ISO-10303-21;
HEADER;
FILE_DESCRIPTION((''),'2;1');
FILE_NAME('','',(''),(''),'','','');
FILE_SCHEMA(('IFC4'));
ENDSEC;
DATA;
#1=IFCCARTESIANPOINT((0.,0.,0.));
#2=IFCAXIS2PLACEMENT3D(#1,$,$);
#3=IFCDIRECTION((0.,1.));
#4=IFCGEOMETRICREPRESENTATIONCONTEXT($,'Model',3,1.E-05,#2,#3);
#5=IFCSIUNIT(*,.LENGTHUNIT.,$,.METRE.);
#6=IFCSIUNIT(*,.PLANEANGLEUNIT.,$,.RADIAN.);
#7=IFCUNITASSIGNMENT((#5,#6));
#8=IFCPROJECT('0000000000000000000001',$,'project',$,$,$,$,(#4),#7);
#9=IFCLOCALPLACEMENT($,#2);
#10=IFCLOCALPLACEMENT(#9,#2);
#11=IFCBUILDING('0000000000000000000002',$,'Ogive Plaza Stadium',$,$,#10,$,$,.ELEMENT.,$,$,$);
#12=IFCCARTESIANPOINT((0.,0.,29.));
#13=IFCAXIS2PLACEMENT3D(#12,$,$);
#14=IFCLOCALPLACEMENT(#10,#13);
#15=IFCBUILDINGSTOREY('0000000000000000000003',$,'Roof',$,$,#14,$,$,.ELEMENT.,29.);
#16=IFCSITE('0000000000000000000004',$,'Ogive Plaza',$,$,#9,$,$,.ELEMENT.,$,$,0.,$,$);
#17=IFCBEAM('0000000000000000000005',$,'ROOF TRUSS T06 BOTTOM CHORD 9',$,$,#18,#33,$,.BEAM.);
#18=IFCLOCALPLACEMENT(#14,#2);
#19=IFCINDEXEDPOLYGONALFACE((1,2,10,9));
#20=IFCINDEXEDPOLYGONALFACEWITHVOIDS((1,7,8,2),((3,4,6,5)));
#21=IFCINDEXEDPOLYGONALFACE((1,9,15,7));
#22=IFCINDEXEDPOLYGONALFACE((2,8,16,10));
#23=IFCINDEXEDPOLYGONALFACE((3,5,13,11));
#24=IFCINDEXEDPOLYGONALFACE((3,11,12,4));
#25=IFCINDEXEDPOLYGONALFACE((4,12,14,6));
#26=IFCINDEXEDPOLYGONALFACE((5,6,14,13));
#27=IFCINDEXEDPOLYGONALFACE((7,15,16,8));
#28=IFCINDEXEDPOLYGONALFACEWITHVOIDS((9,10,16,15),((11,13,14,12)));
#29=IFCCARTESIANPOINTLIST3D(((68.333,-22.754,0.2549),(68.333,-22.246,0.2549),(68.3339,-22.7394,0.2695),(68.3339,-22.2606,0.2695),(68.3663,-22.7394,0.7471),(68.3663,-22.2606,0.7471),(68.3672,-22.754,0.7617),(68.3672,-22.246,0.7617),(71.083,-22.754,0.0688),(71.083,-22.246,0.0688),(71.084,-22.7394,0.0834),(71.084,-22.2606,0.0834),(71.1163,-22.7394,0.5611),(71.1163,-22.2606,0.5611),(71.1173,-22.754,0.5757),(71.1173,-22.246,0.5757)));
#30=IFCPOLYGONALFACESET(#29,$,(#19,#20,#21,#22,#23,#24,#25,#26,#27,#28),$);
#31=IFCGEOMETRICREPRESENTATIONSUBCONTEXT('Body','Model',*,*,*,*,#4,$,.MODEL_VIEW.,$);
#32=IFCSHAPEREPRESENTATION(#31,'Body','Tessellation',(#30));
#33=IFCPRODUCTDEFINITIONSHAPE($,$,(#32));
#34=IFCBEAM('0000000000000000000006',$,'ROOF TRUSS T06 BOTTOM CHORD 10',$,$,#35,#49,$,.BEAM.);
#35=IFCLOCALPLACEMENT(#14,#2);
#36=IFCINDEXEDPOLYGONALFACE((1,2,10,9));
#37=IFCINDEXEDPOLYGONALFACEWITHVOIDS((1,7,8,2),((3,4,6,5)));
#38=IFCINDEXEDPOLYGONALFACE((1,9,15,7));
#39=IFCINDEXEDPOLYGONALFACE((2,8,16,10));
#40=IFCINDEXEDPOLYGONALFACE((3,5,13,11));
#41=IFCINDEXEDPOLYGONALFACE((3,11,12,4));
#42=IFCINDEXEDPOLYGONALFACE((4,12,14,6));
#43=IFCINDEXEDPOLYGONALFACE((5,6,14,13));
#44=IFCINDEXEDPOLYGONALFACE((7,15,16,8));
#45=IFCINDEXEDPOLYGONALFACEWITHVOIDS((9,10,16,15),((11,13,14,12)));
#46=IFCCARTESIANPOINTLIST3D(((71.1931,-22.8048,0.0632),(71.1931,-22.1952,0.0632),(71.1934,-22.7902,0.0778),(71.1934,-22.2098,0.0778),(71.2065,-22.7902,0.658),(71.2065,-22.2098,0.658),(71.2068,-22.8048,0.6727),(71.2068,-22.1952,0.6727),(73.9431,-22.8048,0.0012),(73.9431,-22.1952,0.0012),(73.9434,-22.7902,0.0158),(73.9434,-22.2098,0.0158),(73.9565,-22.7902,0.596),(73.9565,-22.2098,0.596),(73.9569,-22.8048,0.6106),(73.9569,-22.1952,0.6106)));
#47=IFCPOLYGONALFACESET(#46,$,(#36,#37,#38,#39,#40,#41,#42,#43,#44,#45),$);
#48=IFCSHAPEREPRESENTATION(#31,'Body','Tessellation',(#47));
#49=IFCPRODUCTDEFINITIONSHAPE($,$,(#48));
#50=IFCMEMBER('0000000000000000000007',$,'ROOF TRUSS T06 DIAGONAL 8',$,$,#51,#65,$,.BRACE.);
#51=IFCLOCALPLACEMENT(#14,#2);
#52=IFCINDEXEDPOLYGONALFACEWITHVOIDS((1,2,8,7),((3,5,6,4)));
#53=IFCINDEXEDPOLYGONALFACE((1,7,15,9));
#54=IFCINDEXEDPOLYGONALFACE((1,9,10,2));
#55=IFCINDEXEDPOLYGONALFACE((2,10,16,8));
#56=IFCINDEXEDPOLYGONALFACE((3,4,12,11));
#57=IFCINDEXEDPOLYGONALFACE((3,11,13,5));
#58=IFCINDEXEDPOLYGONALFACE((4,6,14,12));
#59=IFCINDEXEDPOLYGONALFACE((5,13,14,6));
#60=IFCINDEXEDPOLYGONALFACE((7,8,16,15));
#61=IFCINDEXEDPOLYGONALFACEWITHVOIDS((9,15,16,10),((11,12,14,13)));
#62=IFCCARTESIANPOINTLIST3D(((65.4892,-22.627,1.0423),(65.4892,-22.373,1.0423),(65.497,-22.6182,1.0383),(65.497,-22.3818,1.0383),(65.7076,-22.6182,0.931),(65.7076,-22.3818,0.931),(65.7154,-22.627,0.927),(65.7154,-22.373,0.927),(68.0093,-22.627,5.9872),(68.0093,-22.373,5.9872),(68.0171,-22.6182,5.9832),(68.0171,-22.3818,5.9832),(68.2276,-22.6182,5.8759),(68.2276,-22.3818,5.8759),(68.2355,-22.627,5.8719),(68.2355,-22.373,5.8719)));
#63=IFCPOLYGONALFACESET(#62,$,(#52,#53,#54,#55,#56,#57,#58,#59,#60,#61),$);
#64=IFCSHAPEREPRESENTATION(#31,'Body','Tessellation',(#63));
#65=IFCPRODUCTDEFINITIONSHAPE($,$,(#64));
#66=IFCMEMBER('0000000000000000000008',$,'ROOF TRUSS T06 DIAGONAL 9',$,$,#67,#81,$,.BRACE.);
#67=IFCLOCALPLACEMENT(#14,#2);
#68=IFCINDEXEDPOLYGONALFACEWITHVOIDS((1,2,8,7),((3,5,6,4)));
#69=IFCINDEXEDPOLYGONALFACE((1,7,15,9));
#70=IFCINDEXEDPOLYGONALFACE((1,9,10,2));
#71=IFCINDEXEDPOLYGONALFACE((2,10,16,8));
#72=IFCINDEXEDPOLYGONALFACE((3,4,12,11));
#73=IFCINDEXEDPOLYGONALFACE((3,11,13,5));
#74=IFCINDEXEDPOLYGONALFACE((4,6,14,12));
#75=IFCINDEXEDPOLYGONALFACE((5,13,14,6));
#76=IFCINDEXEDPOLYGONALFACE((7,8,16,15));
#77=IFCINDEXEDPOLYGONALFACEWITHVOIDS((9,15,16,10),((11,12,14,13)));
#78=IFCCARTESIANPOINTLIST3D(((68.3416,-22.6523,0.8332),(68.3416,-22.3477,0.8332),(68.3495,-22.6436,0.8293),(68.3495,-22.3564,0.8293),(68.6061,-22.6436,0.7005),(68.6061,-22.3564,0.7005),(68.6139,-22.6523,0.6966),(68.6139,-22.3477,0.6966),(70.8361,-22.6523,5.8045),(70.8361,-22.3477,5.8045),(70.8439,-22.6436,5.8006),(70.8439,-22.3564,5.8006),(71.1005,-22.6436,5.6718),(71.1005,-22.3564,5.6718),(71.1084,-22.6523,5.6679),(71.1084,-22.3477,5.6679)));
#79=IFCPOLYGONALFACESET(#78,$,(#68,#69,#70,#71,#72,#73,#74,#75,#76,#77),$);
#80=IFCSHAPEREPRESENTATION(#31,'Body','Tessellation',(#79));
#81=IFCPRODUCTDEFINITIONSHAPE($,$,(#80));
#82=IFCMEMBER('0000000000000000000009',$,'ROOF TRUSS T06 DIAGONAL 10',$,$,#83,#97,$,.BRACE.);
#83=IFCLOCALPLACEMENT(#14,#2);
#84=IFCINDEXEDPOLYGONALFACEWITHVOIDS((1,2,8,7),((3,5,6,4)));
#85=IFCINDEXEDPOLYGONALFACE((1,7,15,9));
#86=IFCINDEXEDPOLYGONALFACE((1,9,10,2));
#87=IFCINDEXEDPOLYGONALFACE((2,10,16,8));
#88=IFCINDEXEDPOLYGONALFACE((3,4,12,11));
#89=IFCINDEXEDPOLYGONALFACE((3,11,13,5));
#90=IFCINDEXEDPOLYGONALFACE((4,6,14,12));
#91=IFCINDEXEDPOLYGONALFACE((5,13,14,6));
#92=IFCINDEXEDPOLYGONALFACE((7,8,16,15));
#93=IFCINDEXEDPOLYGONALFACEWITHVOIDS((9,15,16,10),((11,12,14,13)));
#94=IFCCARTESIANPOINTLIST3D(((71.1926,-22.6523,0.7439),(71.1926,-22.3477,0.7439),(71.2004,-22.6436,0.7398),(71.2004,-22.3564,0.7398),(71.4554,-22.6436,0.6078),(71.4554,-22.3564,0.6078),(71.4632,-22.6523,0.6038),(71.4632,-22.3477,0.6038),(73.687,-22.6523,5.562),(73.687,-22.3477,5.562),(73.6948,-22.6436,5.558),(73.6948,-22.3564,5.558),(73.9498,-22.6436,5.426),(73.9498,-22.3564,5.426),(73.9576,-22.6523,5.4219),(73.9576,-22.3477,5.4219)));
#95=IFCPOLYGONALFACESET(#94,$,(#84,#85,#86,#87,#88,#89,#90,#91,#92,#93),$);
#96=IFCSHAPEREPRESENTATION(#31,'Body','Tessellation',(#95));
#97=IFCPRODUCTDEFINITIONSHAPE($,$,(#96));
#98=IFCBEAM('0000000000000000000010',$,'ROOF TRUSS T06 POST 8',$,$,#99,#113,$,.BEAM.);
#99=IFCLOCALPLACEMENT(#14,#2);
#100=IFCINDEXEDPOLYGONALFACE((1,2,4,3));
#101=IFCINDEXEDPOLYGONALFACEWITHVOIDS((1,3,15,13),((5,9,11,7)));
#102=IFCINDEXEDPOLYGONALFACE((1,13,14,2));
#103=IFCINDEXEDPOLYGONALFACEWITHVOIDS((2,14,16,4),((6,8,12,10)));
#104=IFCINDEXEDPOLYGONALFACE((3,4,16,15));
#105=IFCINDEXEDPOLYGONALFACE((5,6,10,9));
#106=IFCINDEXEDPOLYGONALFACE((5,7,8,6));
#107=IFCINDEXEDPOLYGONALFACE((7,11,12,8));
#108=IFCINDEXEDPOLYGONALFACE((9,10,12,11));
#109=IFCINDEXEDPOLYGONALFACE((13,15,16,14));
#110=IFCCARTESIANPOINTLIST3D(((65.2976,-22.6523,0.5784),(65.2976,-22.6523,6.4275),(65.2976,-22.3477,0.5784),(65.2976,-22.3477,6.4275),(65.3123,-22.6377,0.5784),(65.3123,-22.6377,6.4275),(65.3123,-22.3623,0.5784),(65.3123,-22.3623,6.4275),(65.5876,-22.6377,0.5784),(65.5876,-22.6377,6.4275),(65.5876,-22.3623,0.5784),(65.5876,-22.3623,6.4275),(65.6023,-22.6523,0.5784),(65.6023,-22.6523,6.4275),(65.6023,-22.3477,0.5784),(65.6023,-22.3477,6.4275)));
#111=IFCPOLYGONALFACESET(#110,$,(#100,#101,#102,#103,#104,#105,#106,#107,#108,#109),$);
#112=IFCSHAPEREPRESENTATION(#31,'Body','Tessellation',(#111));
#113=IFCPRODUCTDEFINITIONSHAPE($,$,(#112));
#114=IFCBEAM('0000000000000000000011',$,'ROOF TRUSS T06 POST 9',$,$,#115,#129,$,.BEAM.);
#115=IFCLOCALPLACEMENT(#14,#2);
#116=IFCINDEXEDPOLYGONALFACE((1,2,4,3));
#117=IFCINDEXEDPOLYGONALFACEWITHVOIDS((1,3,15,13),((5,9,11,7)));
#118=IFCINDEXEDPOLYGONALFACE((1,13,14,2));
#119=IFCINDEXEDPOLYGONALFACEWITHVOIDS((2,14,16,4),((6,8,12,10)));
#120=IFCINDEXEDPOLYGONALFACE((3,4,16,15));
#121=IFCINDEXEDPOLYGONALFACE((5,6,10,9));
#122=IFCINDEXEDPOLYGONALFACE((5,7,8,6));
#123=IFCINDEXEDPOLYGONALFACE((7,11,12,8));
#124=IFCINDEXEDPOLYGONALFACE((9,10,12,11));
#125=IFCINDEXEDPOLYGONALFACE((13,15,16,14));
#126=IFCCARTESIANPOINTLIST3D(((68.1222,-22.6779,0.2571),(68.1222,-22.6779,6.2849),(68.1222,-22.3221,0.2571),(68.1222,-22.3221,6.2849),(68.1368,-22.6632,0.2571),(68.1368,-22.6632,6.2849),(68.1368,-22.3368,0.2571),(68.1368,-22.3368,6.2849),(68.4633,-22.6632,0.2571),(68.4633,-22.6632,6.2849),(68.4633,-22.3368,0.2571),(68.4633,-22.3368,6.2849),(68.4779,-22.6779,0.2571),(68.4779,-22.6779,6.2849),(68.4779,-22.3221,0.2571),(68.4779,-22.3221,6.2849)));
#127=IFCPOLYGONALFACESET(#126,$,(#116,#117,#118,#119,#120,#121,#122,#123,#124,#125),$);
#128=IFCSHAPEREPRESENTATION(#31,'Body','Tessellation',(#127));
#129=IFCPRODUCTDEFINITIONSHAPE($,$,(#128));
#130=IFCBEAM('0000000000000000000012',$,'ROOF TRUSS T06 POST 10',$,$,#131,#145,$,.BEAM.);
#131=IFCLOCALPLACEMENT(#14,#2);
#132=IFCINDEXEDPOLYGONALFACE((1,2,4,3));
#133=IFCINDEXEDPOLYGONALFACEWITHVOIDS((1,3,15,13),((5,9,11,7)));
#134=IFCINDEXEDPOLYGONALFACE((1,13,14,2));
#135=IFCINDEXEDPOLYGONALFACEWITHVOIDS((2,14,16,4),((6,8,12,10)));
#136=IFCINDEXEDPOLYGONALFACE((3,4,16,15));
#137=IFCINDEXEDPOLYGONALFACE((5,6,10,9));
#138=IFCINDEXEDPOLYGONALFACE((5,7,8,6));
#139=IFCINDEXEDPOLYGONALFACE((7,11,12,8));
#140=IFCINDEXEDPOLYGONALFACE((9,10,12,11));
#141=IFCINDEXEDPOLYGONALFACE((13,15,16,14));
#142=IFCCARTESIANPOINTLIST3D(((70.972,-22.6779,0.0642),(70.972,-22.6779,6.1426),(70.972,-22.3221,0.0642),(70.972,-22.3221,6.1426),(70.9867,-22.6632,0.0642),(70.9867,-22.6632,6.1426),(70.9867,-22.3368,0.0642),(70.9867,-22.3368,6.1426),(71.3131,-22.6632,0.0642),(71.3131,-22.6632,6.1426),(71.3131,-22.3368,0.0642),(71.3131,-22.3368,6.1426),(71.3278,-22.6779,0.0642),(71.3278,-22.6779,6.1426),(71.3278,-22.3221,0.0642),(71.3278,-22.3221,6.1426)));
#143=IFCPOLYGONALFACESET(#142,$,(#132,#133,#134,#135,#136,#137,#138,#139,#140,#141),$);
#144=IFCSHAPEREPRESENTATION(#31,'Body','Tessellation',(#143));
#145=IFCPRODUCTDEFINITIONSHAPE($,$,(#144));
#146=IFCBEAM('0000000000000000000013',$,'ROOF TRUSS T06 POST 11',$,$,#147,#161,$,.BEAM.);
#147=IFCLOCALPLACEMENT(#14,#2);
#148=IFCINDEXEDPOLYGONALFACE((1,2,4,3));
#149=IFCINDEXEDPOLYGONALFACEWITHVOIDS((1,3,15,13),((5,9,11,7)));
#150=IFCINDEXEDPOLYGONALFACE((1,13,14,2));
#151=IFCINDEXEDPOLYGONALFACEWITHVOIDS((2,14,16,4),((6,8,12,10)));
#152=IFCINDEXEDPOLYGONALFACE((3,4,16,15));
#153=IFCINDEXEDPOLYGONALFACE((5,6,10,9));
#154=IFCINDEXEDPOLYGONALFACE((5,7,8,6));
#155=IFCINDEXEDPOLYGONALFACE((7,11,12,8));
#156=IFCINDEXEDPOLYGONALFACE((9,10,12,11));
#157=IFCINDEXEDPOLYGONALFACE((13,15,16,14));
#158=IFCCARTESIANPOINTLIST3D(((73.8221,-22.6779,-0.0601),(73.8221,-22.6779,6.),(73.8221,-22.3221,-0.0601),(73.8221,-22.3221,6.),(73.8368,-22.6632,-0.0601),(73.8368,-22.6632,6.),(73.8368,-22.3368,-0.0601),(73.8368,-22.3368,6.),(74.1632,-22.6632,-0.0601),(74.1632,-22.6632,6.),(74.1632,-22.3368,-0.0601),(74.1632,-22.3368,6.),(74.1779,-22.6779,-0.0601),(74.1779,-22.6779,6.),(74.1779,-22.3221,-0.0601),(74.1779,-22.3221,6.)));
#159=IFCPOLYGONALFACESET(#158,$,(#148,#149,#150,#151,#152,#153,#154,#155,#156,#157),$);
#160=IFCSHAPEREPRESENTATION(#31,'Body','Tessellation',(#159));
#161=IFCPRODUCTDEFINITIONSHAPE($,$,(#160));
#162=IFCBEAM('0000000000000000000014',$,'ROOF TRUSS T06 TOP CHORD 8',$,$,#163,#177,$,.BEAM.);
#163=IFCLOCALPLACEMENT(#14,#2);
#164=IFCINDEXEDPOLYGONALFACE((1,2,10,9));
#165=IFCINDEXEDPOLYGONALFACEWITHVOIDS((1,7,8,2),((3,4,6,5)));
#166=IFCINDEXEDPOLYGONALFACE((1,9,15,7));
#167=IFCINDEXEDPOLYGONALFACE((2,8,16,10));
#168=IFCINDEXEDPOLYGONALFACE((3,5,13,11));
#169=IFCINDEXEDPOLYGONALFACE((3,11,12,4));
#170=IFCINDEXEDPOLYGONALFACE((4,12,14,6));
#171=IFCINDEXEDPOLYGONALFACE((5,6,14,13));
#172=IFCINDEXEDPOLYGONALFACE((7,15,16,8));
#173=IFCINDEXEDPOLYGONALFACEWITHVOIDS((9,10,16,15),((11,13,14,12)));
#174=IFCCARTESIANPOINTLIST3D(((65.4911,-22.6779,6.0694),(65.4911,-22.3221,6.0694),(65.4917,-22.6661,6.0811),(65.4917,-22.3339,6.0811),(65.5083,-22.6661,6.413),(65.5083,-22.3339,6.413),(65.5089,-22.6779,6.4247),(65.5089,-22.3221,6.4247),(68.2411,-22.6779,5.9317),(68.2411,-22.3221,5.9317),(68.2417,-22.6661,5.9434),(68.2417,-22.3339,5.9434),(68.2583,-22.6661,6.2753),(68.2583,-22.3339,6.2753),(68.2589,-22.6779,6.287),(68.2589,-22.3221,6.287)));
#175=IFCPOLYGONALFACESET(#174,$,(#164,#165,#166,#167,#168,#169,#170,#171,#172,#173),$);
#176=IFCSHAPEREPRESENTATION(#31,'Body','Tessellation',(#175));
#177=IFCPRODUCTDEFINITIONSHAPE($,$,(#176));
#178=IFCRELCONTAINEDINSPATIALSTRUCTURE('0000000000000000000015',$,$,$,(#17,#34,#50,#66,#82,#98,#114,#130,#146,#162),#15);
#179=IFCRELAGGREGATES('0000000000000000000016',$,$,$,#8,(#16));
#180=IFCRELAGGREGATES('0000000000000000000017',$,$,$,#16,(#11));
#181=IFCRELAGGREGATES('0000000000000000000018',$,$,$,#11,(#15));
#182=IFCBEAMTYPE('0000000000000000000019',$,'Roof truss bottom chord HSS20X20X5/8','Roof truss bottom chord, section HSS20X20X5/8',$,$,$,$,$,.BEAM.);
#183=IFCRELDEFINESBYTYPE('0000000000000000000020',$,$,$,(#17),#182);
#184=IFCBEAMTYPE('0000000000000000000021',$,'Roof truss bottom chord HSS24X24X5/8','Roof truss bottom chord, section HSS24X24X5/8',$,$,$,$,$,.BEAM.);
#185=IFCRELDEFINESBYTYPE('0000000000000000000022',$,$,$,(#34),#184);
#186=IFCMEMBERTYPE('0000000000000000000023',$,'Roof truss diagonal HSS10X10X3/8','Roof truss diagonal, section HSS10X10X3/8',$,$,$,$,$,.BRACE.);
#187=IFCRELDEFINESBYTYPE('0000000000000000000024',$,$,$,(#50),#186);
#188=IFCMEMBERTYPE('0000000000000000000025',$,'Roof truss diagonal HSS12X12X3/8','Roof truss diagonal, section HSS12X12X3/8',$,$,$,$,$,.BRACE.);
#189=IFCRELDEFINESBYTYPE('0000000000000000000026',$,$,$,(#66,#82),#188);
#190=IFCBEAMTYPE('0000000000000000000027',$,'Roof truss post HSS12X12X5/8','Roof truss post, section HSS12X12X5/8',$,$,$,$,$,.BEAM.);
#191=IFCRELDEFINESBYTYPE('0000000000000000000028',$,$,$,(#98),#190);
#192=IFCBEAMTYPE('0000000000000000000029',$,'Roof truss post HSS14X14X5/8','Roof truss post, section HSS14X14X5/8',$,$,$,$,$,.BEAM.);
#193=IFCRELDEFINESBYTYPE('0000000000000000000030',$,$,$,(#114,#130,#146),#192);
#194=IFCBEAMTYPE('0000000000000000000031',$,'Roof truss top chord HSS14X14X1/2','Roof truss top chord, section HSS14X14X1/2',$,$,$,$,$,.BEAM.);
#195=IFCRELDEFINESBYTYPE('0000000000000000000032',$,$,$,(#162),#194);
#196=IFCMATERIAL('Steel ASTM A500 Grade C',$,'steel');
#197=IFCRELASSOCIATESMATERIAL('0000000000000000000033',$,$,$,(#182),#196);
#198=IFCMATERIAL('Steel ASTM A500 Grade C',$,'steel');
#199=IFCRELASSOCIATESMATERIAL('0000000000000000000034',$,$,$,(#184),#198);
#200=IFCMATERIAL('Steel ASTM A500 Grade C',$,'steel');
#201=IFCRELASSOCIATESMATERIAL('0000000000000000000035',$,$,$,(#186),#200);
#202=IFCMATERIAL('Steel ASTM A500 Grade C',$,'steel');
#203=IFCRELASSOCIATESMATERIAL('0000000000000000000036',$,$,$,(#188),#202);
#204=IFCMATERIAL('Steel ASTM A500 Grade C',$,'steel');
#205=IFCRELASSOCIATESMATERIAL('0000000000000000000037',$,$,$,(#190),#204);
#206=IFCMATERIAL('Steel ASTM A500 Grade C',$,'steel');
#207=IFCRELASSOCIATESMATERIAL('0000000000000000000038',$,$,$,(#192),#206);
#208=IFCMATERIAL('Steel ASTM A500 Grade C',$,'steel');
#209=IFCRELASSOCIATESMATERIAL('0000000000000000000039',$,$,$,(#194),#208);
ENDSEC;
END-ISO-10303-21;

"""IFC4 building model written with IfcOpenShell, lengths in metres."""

from ifc_helpers import new_model, si_unit, direction, frame, origin, origin_2d, place, context, subcontext, project, spatial, hollow_rectangle, extrude, material, material_profile, profile_set, type_object, element, save


model = new_model("IFC4")

# Units and contexts
model_context = context("Model", 3, precision=1e-05, world=origin(), true_north=direction((0.0, 1.0)))
body_context = subcontext(model_context, "Body", "Model", "MODEL_VIEW")
ifc_project = project(units=[si_unit("LENGTHUNIT", "METRE"), si_unit("PLANEANGLEUNIT", "RADIAN")], contexts=[model_context])

# Site, building, storey
site_placement = place(None, origin())
site = spatial("IfcSite", under=ifc_project, at=site_placement, Name="Ogive Plaza", CompositionType="ELEMENT", RefElevation=0.0)
building_placement = place(site_placement, origin())
building = spatial("IfcBuilding", under=site, at=building_placement, Name="Ogive Plaza Stadium", CompositionType="ELEMENT")
storey_placement = place(building_placement, frame((0.0, 0.0, 29.0)))
storey = spatial("IfcBuildingStorey", under=building, at=storey_placement, Name="Roof", CompositionType="ELEMENT", Elevation=29.0)

# Beams
ifc_material_1 = material(Name="Steel ASTM A500 Grade C", Category="steel")
ifc_material_profile_1 = material_profile(ifc_material_1, hollow_rectangle(XDim=0.5081, YDim=0.5081, WallThickness=0.0146, at=origin_2d()), Name="HSS20X20X5/8")
ifc_profile_set_1 = profile_set([ifc_material_profile_1], Name="Steel ASTM A500 Grade C")
beam_type_1 = type_object("IfcBeamType", Name="Roof truss bottom chord HSS20X20X5/8", Description="Roof truss bottom chord, section HSS20X20X5/8", PredefinedType="BEAM", material=ifc_profile_set_1)
beam_1_placement = place(storey_placement, frame((68.3501, -22.5, 0.5083), z_axis=(0.99772, 0.0, -0.067495), x_axis=(0.0, 1.0, 0.0)))
element("IfcBeam", 1, at=beam_1_placement, inside=storey, type_object=beam_type_1, Name="ROOF TRUSS T06 BOTTOM CHORD 9", PredefinedType="BEAM", context=body_context, shape_type="SweptSolid", body=[
    extrude(hollow_rectangle(XDim=0.5081, YDim=0.5081, WallThickness=0.0146, at=origin_2d()), origin(), (0.0, 0.0, 1.0), 2.7563),
])
ifc_material_2 = material(Name="Steel ASTM A500 Grade C", Category="steel")
ifc_material_profile_2 = material_profile(ifc_material_2, hollow_rectangle(XDim=0.6096, YDim=0.6096, WallThickness=0.0146, at=origin_2d()), Name="HSS24X24X5/8")
ifc_profile_set_2 = profile_set([ifc_material_profile_2], Name="Steel ASTM A500 Grade C")
beam_type_2 = type_object("IfcBeamType", Name="Roof truss bottom chord HSS24X24X5/8", Description="Roof truss bottom chord, section HSS24X24X5/8", PredefinedType="BEAM", material=ifc_profile_set_2)
beam_2_placement = place(storey_placement, frame((71.2, -22.5, 0.3679), z_axis=(0.999746, 0.0, -0.022544), x_axis=(0.0, 1.0, 0.0)))
element("IfcBeam", 2, at=beam_2_placement, inside=storey, type_object=beam_type_2, Name="ROOF TRUSS T06 BOTTOM CHORD 10", PredefinedType="BEAM", context=body_context, shape_type="SweptSolid", body=[
    extrude(hollow_rectangle(XDim=0.6096, YDim=0.6096, WallThickness=0.0146, at=origin_2d()), origin(), (0.0, 0.0, 1.0), 2.7507),
])

# Members
ifc_material_3 = material(Name="Steel ASTM A500 Grade C", Category="steel")
ifc_material_profile_3 = material_profile(ifc_material_3, hollow_rectangle(XDim=0.2539, YDim=0.2539, WallThickness=0.0088, at=origin_2d()), Name="HSS10X10X3/8")
ifc_profile_set_3 = profile_set([ifc_material_profile_3], Name="Steel ASTM A500 Grade C")
member_type_1 = type_object("IfcMemberType", Name="Roof truss diagonal HSS10X10X3/8", Description="Roof truss diagonal, section HSS10X10X3/8", PredefinedType="BRACE", material=ifc_profile_set_3)
member_1_placement = place(storey_placement, frame((65.6023, -22.5, 0.9846), z_axis=(0.454063, 0.0, 0.89097), x_axis=(0.0, 1.0, 0.0)))
element("IfcMember", 3, at=member_1_placement, inside=storey, type_object=member_type_1, Name="ROOF TRUSS T06 DIAGONAL 8", PredefinedType="BRACE", context=body_context, shape_type="SweptSolid", body=[
    extrude(hollow_rectangle(XDim=0.2539, YDim=0.2539, WallThickness=0.0088, at=origin_2d()), origin(), (0.0, 0.0, 1.0), 5.55),
])
ifc_material_4 = material(Name="Steel ASTM A500 Grade C", Category="steel")
ifc_material_profile_4 = material_profile(ifc_material_4, hollow_rectangle(XDim=0.3047, YDim=0.3047, WallThickness=0.0088, at=origin_2d()), Name="HSS12X12X3/8")
ifc_profile_set_4 = profile_set([ifc_material_profile_4], Name="Steel ASTM A500 Grade C")
member_type_2 = type_object("IfcMemberType", Name="Roof truss diagonal HSS12X12X3/8", Description="Roof truss diagonal, section HSS12X12X3/8", PredefinedType="BRACE", material=ifc_profile_set_4)
member_2_placement = place(storey_placement, frame((68.4778, -22.5, 0.7649), z_axis=(0.448477, 0.0, 0.893794), x_axis=(0.0, 1.0, 0.0)))
element("IfcMember", 4, at=member_2_placement, inside=storey, type_object=member_type_2, Name="ROOF TRUSS T06 DIAGONAL 9", PredefinedType="BRACE", context=body_context, shape_type="SweptSolid", body=[
    extrude(hollow_rectangle(XDim=0.3047, YDim=0.3047, WallThickness=0.0088, at=origin_2d()), origin(), (0.0, 0.0, 1.0), 5.562),
])
member_3_placement = place(storey_placement, frame((71.3279, -22.5, 0.6738), z_axis=(0.459751, 0.0, 0.888048), x_axis=(0.0, 1.0, 0.0)))
element("IfcMember", 5, at=member_3_placement, inside=storey, type_object=member_type_2, Name="ROOF TRUSS T06 DIAGONAL 10", PredefinedType="BRACE", context=body_context, shape_type="SweptSolid", body=[
    extrude(hollow_rectangle(XDim=0.3047, YDim=0.3047, WallThickness=0.0088, at=origin_2d()), origin(), (0.0, 0.0, 1.0), 5.4255),
])

# Beams
ifc_material_5 = material(Name="Steel ASTM A500 Grade C", Category="steel")
ifc_material_profile_5 = material_profile(ifc_material_5, hollow_rectangle(XDim=0.3047, YDim=0.3047, WallThickness=0.0146, at=origin_2d()), Name="HSS12X12X5/8")
ifc_profile_set_5 = profile_set([ifc_material_profile_5], Name="Steel ASTM A500 Grade C")
beam_type_3 = type_object("IfcBeamType", Name="Roof truss post HSS12X12X5/8", Description="Roof truss post, section HSS12X12X5/8", PredefinedType="BEAM", material=ifc_profile_set_5)
beam_3_placement = place(storey_placement, frame((65.45, -22.5, 0.5784), z_axis=(0.0, 0.0, 1.0), x_axis=(0.0, 1.0, 0.0)))
element("IfcBeam", 6, at=beam_3_placement, inside=storey, type_object=beam_type_3, Name="ROOF TRUSS T06 POST 8", PredefinedType="BEAM", context=body_context, shape_type="SweptSolid", body=[
    extrude(hollow_rectangle(XDim=0.3047, YDim=0.3047, WallThickness=0.0146, at=origin_2d()), origin(), (0.0, 0.0, 1.0), 5.8491),
])
ifc_material_6 = material(Name="Steel ASTM A500 Grade C", Category="steel")
ifc_material_profile_6 = material_profile(ifc_material_6, hollow_rectangle(XDim=0.3557, YDim=0.3557, WallThickness=0.0146, at=origin_2d()), Name="HSS14X14X5/8")
ifc_profile_set_6 = profile_set([ifc_material_profile_6], Name="Steel ASTM A500 Grade C")
beam_type_4 = type_object("IfcBeamType", Name="Roof truss post HSS14X14X5/8", Description="Roof truss post, section HSS14X14X5/8", PredefinedType="BEAM", material=ifc_profile_set_6)
beam_4_placement = place(storey_placement, frame((68.3, -22.5, 0.2571), z_axis=(0.0, 0.0, 1.0), x_axis=(0.0, 1.0, 0.0)))
element("IfcBeam", 7, at=beam_4_placement, inside=storey, type_object=beam_type_4, Name="ROOF TRUSS T06 POST 9", PredefinedType="BEAM", context=body_context, shape_type="SweptSolid", body=[
    extrude(hollow_rectangle(XDim=0.3557, YDim=0.3557, WallThickness=0.0146, at=origin_2d()), origin(), (0.0, 0.0, 1.0), 6.0278),
])
beam_5_placement = place(storey_placement, frame((71.1499, -22.5, 0.0642), z_axis=(0.0, 0.0, 1.0), x_axis=(0.0, 1.0, 0.0)))
element("IfcBeam", 8, at=beam_5_placement, inside=storey, type_object=beam_type_4, Name="ROOF TRUSS T06 POST 10", PredefinedType="BEAM", context=body_context, shape_type="SweptSolid", body=[
    extrude(hollow_rectangle(XDim=0.3557, YDim=0.3557, WallThickness=0.0146, at=origin_2d()), origin(), (0.0, 0.0, 1.0), 6.0784),
])
beam_6_placement = place(storey_placement, frame((74.0, -22.5, -0.0601), z_axis=(0.0, 0.0, 1.0), x_axis=(0.0, 1.0, 0.0)))
element("IfcBeam", 9, at=beam_6_placement, inside=storey, type_object=beam_type_4, Name="ROOF TRUSS T06 POST 11", PredefinedType="BEAM", context=body_context, shape_type="SweptSolid", body=[
    extrude(hollow_rectangle(XDim=0.3557, YDim=0.3557, WallThickness=0.0146, at=origin_2d()), origin(), (0.0, 0.0, 1.0), 6.0601),
])
ifc_material_7 = material(Name="Steel ASTM A500 Grade C", Category="steel")
ifc_material_profile_7 = material_profile(ifc_material_7, hollow_rectangle(XDim=0.3557, YDim=0.3557, WallThickness=0.0117, at=origin_2d()), Name="HSS14X14X1/2")
ifc_profile_set_7 = profile_set([ifc_material_profile_7], Name="Steel ASTM A500 Grade C")
beam_type_5 = type_object("IfcBeamType", Name="Roof truss top chord HSS14X14X1/2", Description="Roof truss top chord, section HSS14X14X1/2", PredefinedType="BEAM", material=ifc_profile_set_7)
beam_7_placement = place(storey_placement, frame((65.5, -22.5, 6.2471), z_axis=(0.998749, 0.0, -0.050008), x_axis=(0.0, 1.0, 0.0)))
element("IfcBeam", 10, at=beam_7_placement, inside=storey, type_object=beam_type_5, Name="ROOF TRUSS T06 TOP CHORD 8", PredefinedType="BEAM", context=body_context, shape_type="SweptSolid", body=[
    extrude(hollow_rectangle(XDim=0.3557, YDim=0.3557, WallThickness=0.0117, at=origin_2d()), origin(), (0.0, 0.0, 1.0), 2.7534),
])

save(model, "model.ifc")
